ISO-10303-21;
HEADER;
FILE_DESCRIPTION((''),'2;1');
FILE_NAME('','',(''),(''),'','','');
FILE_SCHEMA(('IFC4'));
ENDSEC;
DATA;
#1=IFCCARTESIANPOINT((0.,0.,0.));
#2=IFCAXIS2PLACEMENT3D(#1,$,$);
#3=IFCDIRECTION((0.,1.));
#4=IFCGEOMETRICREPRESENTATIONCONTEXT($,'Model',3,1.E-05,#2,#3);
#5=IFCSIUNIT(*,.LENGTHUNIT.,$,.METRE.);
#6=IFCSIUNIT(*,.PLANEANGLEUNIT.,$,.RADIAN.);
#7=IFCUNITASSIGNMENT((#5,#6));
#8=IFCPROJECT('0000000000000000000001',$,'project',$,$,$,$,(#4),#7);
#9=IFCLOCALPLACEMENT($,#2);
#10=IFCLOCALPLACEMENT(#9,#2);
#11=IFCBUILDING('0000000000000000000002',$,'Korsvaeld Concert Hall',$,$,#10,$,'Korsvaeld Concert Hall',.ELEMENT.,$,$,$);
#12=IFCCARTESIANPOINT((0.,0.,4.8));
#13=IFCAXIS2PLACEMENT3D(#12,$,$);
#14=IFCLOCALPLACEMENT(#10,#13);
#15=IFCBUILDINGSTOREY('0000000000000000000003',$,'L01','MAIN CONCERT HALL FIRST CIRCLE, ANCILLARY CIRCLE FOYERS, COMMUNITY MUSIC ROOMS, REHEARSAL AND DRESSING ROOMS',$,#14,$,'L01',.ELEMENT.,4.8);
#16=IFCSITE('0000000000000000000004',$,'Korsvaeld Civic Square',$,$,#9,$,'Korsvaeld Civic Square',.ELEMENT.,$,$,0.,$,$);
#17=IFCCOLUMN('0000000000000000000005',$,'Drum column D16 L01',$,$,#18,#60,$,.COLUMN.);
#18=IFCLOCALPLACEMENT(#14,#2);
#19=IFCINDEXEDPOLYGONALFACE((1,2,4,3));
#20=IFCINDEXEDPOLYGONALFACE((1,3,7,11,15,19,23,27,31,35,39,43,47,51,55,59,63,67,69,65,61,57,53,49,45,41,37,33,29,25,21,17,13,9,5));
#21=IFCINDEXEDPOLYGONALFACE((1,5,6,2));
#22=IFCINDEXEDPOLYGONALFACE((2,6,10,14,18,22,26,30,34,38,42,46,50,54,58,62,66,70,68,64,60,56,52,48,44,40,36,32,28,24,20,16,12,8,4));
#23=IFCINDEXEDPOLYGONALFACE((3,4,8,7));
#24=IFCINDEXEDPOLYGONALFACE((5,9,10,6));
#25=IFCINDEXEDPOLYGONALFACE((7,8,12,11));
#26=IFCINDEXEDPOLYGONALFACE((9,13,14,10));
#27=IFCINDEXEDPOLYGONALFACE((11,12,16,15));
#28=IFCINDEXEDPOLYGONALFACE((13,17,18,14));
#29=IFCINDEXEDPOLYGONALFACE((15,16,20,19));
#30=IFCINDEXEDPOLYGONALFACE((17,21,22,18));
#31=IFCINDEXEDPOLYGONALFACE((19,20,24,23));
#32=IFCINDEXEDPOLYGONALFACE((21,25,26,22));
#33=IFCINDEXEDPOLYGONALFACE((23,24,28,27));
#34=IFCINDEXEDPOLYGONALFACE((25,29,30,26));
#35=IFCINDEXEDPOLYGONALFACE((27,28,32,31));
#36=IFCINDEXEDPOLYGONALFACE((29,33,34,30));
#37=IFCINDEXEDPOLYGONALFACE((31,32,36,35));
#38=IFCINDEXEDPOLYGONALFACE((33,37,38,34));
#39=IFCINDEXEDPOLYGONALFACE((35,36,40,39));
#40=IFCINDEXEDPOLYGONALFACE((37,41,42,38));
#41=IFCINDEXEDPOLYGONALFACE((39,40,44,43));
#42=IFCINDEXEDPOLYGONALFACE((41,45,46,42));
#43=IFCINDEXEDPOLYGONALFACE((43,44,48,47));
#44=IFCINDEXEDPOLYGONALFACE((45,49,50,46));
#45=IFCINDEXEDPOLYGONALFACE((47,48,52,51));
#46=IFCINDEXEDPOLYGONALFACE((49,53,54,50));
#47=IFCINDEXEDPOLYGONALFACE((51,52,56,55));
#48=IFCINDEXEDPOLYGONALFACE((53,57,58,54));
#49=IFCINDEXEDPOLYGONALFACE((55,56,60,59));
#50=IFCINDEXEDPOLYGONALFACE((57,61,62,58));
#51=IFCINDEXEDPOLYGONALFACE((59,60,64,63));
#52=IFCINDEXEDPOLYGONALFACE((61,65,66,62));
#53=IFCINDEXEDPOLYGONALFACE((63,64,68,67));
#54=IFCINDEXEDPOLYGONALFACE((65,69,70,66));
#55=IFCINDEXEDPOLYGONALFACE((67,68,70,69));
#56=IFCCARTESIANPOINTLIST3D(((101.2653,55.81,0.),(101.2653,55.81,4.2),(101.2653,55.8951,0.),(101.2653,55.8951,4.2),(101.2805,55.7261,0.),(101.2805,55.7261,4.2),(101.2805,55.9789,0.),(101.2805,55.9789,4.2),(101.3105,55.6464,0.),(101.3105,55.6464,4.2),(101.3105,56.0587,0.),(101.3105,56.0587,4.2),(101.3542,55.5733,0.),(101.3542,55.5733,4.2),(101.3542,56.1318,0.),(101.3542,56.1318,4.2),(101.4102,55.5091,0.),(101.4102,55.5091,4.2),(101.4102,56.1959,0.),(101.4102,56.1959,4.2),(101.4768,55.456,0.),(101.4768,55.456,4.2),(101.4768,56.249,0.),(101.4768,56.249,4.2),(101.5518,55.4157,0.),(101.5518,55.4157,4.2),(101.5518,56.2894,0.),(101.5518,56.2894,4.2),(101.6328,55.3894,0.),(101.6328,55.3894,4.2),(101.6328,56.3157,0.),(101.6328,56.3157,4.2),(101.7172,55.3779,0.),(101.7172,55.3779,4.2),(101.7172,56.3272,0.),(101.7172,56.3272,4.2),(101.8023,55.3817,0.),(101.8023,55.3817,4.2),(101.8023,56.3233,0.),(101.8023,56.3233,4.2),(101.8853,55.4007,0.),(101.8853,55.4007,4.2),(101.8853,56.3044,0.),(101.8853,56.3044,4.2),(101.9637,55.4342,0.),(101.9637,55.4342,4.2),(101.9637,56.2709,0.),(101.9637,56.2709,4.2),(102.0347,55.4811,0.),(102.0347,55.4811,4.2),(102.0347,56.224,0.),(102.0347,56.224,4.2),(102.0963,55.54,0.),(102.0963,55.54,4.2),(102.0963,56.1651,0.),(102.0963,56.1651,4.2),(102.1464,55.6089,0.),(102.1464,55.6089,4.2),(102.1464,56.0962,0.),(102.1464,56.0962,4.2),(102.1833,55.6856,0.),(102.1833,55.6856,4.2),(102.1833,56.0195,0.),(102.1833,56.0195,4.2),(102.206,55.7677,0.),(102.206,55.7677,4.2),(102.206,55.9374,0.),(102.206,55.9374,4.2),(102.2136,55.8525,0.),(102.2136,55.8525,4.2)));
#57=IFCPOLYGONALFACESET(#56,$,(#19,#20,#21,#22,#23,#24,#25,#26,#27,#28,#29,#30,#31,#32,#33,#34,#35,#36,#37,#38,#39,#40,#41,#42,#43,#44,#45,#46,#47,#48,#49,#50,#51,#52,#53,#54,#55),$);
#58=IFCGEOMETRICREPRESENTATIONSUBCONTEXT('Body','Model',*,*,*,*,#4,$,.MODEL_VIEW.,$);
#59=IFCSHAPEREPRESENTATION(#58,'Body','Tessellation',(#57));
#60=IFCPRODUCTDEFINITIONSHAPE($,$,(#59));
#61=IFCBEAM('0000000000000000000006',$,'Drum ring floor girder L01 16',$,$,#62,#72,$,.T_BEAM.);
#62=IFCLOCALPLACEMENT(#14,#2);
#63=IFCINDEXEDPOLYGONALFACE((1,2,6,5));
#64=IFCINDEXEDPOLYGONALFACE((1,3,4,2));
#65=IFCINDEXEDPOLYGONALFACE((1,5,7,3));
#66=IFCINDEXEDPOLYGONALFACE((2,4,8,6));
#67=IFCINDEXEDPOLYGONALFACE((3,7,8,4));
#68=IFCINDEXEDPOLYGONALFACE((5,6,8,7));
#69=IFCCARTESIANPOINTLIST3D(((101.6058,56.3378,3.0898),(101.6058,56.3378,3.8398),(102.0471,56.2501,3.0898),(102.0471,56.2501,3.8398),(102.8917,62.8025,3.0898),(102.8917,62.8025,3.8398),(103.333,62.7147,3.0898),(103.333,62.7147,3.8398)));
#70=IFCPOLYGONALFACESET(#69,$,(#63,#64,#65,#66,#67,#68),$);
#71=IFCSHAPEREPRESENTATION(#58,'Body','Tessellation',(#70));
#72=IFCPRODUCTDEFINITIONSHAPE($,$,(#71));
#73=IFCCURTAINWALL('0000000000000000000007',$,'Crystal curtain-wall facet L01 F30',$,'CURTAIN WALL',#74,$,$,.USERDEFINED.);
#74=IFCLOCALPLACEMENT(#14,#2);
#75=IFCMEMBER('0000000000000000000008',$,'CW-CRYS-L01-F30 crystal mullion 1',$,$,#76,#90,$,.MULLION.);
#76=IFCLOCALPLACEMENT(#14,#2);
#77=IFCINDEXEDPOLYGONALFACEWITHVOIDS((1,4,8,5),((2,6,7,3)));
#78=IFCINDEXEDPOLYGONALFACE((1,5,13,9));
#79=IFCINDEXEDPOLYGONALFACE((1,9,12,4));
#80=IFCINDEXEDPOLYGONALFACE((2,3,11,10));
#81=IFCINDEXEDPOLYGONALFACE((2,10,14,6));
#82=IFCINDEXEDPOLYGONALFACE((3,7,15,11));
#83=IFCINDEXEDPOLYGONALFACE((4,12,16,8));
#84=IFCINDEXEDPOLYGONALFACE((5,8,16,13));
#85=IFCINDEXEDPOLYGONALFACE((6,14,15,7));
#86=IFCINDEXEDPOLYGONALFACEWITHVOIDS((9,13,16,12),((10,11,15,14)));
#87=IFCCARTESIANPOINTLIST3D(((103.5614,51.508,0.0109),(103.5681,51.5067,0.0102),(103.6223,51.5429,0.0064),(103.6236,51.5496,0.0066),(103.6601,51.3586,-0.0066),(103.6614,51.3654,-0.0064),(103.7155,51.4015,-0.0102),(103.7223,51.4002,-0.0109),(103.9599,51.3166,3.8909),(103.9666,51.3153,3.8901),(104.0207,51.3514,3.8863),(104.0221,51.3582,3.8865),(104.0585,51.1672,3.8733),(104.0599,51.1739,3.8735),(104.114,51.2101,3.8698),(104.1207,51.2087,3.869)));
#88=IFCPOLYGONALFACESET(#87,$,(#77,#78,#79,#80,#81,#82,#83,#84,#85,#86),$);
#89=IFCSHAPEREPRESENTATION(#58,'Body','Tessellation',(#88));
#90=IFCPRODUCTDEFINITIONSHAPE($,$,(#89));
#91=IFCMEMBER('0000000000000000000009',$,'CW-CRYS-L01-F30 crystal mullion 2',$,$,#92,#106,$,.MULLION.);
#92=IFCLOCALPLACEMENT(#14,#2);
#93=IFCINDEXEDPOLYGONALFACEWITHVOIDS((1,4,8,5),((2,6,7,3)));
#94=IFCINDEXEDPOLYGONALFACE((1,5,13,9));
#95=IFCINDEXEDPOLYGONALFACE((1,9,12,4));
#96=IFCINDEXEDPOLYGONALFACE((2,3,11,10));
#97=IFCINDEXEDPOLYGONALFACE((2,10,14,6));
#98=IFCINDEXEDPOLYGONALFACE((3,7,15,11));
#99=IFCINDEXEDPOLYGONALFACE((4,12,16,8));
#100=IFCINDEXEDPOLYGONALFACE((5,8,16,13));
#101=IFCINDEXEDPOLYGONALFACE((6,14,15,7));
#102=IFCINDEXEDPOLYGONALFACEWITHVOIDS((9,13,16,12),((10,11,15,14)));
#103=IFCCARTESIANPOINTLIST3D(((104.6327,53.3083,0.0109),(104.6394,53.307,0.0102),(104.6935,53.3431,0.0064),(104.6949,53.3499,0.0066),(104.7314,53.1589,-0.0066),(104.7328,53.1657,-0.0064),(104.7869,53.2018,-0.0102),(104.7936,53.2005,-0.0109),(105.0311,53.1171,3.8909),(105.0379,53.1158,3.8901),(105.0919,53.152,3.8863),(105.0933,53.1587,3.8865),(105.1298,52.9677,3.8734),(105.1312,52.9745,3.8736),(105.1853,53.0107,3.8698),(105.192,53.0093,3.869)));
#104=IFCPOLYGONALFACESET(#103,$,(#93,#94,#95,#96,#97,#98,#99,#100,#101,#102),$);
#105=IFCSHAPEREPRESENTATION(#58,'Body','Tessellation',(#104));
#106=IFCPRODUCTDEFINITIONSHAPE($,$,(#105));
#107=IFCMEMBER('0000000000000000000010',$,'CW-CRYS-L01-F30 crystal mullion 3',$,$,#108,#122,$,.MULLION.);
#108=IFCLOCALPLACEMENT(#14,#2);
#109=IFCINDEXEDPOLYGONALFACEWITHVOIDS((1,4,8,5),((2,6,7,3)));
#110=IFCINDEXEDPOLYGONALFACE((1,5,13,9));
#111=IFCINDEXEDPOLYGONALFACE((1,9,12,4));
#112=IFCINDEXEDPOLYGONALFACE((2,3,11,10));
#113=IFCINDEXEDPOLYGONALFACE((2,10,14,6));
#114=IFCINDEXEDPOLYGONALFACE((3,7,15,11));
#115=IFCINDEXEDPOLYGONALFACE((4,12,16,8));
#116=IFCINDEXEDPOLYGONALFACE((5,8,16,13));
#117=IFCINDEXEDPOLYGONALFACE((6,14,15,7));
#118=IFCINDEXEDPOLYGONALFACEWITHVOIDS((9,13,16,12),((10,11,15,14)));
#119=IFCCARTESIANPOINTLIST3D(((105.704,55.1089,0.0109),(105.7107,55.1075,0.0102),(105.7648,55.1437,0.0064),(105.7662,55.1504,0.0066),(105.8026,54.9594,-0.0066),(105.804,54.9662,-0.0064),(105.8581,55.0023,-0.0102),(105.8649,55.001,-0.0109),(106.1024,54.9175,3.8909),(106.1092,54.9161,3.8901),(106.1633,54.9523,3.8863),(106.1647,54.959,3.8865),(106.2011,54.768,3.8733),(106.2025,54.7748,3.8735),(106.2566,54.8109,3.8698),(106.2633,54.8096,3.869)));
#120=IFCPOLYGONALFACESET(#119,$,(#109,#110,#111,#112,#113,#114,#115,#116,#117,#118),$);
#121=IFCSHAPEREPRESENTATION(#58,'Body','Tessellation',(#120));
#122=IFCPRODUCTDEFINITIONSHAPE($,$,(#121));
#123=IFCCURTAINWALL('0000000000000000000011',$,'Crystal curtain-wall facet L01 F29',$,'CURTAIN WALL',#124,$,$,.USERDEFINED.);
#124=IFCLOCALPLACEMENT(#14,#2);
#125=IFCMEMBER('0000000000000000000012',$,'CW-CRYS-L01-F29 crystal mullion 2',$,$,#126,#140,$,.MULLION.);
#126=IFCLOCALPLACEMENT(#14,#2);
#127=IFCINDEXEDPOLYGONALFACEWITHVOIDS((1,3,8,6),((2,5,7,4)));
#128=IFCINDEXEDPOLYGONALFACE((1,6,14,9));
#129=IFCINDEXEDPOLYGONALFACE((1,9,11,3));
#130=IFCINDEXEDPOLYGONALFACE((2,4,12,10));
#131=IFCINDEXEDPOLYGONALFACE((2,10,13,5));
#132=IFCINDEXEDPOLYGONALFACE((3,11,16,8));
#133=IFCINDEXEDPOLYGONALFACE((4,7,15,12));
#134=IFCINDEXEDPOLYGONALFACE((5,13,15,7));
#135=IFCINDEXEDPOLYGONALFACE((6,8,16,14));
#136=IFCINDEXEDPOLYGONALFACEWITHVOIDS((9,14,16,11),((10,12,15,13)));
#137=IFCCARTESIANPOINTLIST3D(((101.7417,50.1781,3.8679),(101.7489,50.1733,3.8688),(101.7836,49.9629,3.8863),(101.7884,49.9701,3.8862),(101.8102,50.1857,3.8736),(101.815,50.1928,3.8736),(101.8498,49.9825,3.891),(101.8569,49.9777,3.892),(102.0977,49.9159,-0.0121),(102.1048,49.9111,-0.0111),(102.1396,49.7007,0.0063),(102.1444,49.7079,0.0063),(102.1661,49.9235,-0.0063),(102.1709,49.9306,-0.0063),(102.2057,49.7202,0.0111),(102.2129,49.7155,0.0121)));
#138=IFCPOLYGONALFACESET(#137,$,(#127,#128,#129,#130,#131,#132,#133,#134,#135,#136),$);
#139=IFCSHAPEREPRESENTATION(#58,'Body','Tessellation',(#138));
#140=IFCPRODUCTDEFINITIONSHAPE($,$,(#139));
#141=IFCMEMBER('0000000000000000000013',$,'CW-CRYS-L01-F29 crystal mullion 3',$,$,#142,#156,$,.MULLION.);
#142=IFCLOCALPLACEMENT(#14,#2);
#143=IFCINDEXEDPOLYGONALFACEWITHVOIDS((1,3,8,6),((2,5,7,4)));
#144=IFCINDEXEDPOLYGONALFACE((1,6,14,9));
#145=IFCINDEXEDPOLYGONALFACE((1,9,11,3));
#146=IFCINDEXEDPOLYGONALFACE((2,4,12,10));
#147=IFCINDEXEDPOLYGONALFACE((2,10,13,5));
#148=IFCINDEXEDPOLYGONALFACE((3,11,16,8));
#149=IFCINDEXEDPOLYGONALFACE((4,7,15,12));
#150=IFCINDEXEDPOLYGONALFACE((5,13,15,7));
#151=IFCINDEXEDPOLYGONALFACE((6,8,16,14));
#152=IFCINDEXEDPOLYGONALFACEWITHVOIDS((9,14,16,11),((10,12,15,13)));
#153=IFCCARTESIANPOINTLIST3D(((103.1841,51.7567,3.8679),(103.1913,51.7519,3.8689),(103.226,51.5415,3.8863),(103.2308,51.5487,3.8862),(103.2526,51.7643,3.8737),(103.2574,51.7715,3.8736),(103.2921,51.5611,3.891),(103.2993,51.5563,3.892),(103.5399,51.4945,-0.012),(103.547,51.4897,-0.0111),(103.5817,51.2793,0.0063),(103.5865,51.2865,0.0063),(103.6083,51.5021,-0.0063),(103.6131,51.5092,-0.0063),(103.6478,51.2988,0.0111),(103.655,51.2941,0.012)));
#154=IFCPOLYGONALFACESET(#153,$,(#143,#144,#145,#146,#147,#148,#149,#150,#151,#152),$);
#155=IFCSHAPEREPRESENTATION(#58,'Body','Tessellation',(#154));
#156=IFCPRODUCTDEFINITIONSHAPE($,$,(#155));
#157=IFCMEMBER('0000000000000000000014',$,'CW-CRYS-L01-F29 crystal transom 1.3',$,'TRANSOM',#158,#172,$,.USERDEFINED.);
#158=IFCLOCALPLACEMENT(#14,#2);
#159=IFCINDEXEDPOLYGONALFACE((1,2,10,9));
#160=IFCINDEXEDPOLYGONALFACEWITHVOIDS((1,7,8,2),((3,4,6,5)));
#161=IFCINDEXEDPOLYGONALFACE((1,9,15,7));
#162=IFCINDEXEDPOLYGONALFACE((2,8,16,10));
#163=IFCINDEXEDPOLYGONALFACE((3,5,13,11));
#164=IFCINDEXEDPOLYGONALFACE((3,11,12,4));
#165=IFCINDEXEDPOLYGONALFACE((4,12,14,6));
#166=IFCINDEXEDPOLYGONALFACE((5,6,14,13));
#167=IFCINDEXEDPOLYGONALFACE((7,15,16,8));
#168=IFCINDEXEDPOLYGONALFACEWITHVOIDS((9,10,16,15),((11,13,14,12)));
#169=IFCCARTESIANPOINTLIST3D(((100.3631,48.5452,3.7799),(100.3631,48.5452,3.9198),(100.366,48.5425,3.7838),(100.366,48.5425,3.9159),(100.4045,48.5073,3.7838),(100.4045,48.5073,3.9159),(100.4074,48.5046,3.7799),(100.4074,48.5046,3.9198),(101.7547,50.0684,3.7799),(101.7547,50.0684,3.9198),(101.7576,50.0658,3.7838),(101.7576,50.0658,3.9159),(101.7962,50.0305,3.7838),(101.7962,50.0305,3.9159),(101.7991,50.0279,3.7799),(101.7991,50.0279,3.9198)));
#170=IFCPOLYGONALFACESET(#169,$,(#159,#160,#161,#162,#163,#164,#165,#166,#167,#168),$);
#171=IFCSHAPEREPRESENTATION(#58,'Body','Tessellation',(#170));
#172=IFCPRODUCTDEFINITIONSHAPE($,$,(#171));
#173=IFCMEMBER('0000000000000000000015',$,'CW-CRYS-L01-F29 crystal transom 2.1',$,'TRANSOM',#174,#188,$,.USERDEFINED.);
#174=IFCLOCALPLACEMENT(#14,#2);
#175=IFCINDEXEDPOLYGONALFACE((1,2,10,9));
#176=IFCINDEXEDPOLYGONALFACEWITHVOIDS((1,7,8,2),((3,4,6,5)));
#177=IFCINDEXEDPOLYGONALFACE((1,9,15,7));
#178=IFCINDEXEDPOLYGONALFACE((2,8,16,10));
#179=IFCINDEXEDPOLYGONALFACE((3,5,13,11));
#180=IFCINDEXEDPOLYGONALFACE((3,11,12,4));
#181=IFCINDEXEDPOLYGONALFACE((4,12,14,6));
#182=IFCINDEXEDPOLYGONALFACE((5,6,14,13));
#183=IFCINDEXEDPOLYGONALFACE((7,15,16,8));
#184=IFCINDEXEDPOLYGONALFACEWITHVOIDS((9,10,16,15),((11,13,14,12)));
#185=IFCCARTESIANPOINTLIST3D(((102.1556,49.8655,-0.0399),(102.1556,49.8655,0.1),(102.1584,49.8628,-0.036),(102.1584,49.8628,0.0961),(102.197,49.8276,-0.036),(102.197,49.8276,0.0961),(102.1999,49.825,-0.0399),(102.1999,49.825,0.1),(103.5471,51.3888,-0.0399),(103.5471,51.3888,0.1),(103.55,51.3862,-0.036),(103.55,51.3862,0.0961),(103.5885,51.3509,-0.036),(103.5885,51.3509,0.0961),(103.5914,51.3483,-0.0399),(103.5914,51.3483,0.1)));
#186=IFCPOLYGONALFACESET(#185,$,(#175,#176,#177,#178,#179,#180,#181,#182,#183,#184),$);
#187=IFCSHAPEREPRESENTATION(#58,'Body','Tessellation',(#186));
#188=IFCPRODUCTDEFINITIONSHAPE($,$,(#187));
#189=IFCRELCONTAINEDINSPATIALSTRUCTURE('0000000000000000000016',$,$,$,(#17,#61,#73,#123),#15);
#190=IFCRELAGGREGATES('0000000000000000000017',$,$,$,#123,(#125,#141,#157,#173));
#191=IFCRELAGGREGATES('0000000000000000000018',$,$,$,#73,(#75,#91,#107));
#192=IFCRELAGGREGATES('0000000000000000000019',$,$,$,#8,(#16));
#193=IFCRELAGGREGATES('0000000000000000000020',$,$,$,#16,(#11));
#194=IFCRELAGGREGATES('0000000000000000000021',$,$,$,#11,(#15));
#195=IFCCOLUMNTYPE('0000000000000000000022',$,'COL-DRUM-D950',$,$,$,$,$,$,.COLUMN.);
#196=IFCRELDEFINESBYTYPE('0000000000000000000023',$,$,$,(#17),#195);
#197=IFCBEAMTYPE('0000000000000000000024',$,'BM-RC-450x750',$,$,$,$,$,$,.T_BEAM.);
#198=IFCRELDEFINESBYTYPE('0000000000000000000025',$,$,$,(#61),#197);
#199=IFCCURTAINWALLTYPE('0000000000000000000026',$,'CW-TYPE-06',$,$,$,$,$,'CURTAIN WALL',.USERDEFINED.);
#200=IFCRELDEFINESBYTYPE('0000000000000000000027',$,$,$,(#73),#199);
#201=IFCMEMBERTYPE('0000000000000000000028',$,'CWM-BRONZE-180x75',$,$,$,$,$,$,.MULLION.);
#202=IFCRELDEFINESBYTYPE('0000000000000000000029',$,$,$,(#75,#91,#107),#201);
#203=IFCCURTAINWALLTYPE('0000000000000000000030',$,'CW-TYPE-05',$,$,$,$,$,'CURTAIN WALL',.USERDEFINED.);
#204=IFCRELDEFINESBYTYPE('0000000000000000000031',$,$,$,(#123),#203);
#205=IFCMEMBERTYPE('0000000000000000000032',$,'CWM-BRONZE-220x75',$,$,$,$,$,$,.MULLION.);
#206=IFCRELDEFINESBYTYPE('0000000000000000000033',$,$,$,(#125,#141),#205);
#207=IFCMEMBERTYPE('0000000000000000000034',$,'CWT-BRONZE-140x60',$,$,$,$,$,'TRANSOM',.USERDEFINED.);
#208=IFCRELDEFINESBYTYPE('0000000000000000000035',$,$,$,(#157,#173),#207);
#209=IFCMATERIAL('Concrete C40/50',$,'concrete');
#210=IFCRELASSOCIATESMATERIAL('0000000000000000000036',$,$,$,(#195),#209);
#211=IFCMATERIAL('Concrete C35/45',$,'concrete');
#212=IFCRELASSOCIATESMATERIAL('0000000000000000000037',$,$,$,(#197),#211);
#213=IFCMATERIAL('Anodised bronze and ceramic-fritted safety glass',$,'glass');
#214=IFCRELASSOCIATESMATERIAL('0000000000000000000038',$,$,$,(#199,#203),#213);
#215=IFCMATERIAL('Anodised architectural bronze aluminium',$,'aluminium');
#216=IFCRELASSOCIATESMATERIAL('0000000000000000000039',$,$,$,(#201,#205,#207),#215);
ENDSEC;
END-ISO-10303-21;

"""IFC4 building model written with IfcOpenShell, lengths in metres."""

from ifc_helpers import new_model, si_unit, direction, frame, origin, origin_2d, place, context, subcontext, project, spatial, rectangle, hollow_rectangle, circle, extrude, material, material_profile, profile_set, type_object, element, aggregate, save


model = new_model("IFC4")

# Units and contexts
model_context = context("Model", 3, precision=1e-05, world=origin(), true_north=direction((0.0, 1.0)))
body_context = subcontext(model_context, "Body", "Model", "MODEL_VIEW")
ifc_project = project(units=[si_unit("LENGTHUNIT", "METRE"), si_unit("PLANEANGLEUNIT", "RADIAN")], contexts=[model_context])

# Site, building, storey
site_placement = place(None, origin())
site = spatial("IfcSite", under=ifc_project, at=site_placement, Name="Korsvaeld Civic Square", LongName="Korsvaeld Civic Square", CompositionType="ELEMENT", RefElevation=0.0)
building_placement = place(site_placement, origin())
building = spatial("IfcBuilding", under=site, at=building_placement, Name="Korsvaeld Concert Hall", LongName="Korsvaeld Concert Hall", CompositionType="ELEMENT")
storey_placement = place(building_placement, frame((0.0, 0.0, 4.8)))
storey = spatial("IfcBuildingStorey", under=building, at=storey_placement, Name="L01", Description="MAIN CONCERT HALL FIRST CIRCLE, ANCILLARY CIRCLE FOYERS, COMMUNITY MUSIC ROOMS, REHEARSAL AND DRESSING ROOMS", LongName="L01", CompositionType="ELEMENT", Elevation=4.8)

# Column
ifc_material_1 = material(Name="Concrete C40/50", Category="concrete")
ifc_material_profile_1 = material_profile(ifc_material_1, circle(Radius=0.4751, at=origin_2d()), Name="RC D950")
ifc_profile_set_1 = profile_set([ifc_material_profile_1], Name="Concrete C40/50")
column_type = type_object("IfcColumnType", Name="COL-DRUM-D950", PredefinedType="COLUMN", material=ifc_profile_set_1)
column_placement = place(storey_placement, frame((101.7385, 55.8525, 0.0), z_axis=(0.0, 0.0, 1.0), x_axis=(1.0, 0.0, 0.0)))
element("IfcColumn", 1, at=column_placement, inside=storey, type_object=column_type, Name="Drum column D16 L01", PredefinedType="COLUMN", context=body_context, shape_type="SweptSolid", body=[
    extrude(circle(Radius=0.4751, at=origin_2d()), origin(), (0.0, 0.0, 1.0), 4.2),
])

# Beam
ifc_material_2 = material(Name="Concrete C35/45", Category="concrete")
ifc_material_profile_2 = material_profile(ifc_material_2, rectangle(XDim=0.45, YDim=0.75, at=origin_2d()), Name="RC 450x750")
ifc_profile_set_2 = profile_set([ifc_material_profile_2], Name="Concrete C35/45")
beam_type = type_object("IfcBeamType", Name="BM-RC-450x750", PredefinedType="T_BEAM", material=ifc_profile_set_2)
beam_placement = place(storey_placement, frame((101.8264, 56.2939, 3.4648), z_axis=(0.19509, 0.980785, 0.0), x_axis=(-0.980785, 0.19509, 0.0)))
element("IfcBeam", 2, at=beam_placement, inside=storey, type_object=beam_type, Name="Drum ring floor girder L01 16", PredefinedType="T_BEAM", context=body_context, shape_type="SweptSolid", body=[
    extrude(rectangle(XDim=0.45, YDim=0.75, at=origin_2d()), origin(), (0.0, 0.0, 1.0), 6.5913),
])

# Curtain walls, members
ifc_material_3 = material(Name="Anodised bronze and ceramic-fritted safety glass", Category="glass")
curtain_wall_type_1 = type_object("IfcCurtainWallType", Name="CW-TYPE-06", ElementType="CURTAIN WALL", PredefinedType="USERDEFINED", material=ifc_material_3)
curtain_wall_1_placement = place(storey_placement, origin())
curtain_wall_1 = element("IfcCurtainWall", 3, at=curtain_wall_1_placement, inside=storey, type_object=curtain_wall_type_1, Name="Crystal curtain-wall facet L01 F30", ObjectType="CURTAIN WALL", PredefinedType="USERDEFINED")
ifc_material_4 = material(Name="Anodised architectural bronze aluminium", Category="aluminium")
ifc_material_profile_3 = material_profile(ifc_material_4, hollow_rectangle(XDim=0.075, YDim=0.1799, WallThickness=0.0049, at=origin_2d()), Name="CWM 180x75x5")
ifc_profile_set_3 = profile_set([ifc_material_profile_3], Name="Anodised architectural bronze aluminium")
member_type_1 = type_object("IfcMemberType", Name="CWM-BRONZE-180x75", PredefinedType="MULLION", material=ifc_profile_set_3)
member_1_placement = place(storey_placement, frame((103.6418, 51.4541, 0.0), z_axis=(0.102033, -0.049016, 0.993573), x_axis=(-0.830086, -0.554624, 0.057883)))
member_1 = element("IfcMember", 4, at=member_1_placement, type_object=member_type_1, Name="CW-CRYS-L01-F30 crystal mullion 1", PredefinedType="MULLION", context=body_context, shape_type="SweptSolid", body=[
    extrude(hollow_rectangle(XDim=0.075, YDim=0.1799, WallThickness=0.0049, at=origin_2d()), origin(), (0.0, 0.0, 1.0), 3.905),
])
member_2_placement = place(storey_placement, frame((104.7131, 53.2544, 0.0), z_axis=(0.102033, -0.048954, 0.993576), x_axis=(-0.829811, -0.555036, 0.057869)))
member_2 = element("IfcMember", 5, at=member_2_placement, type_object=member_type_1, Name="CW-CRYS-L01-F30 crystal mullion 2", PredefinedType="MULLION", context=body_context, shape_type="SweptSolid", body=[
    extrude(hollow_rectangle(XDim=0.075, YDim=0.1799, WallThickness=0.0049, at=origin_2d()), origin(), (0.0, 0.0, 1.0), 3.905),
])
member_3_placement = place(storey_placement, frame((105.7844, 55.0549, 0.0), z_axis=(0.102033, -0.049016, 0.993573), x_axis=(-0.830086, -0.554624, 0.057883)))
member_3 = element("IfcMember", 6, at=member_3_placement, type_object=member_type_1, Name="CW-CRYS-L01-F30 crystal mullion 3", PredefinedType="MULLION", context=body_context, shape_type="SweptSolid", body=[
    extrude(hollow_rectangle(XDim=0.075, YDim=0.1799, WallThickness=0.0049, at=origin_2d()), origin(), (0.0, 0.0, 1.0), 3.905),
])
curtain_wall_type_2 = type_object("IfcCurtainWallType", Name="CW-TYPE-05", ElementType="CURTAIN WALL", PredefinedType="USERDEFINED", material=ifc_material_3)
curtain_wall_2_placement = place(storey_placement, origin())
curtain_wall_2 = element("IfcCurtainWall", 7, at=curtain_wall_2_placement, inside=storey, type_object=curtain_wall_type_2, Name="Crystal curtain-wall facet L01 F29", ObjectType="CURTAIN WALL", PredefinedType="USERDEFINED")
ifc_material_profile_4 = material_profile(ifc_material_4, hollow_rectangle(XDim=0.075, YDim=0.22, WallThickness=0.0061, at=origin_2d()), Name="CWM 220x75x6")
ifc_profile_set_4 = profile_set([ifc_material_profile_4], Name="Anodised architectural bronze aluminium")
member_type_2 = type_object("IfcMemberType", Name="CWM-BRONZE-220x75", PredefinedType="MULLION", material=ifc_profile_set_4)
member_4_placement = place(storey_placement, frame((102.1553, 49.8157, 0.0), z_axis=(-0.091154, 0.067147, 0.99357), x_axis=(0.977432, 0.196963, 0.076363)))
member_4 = element("IfcMember", 8, at=member_4_placement, type_object=member_type_2, Name="CW-CRYS-L01-F29 crystal mullion 2", PredefinedType="MULLION", context=body_context, shape_type="SweptSolid", body=[
    extrude(hollow_rectangle(XDim=0.075, YDim=0.22, WallThickness=0.0061, at=origin_2d()), origin(), (0.0, 0.0, 1.0), 3.905),
])
member_5_placement = place(storey_placement, frame((103.5974, 51.3943, 0.0), z_axis=(-0.091092, 0.067147, 0.993576), x_axis=(0.9775, 0.196641, 0.076329)))
member_5 = element("IfcMember", 9, at=member_5_placement, type_object=member_type_2, Name="CW-CRYS-L01-F29 crystal mullion 3", PredefinedType="MULLION", context=body_context, shape_type="SweptSolid", body=[
    extrude(hollow_rectangle(XDim=0.075, YDim=0.22, WallThickness=0.0061, at=origin_2d()), origin(), (0.0, 0.0, 1.0), 3.905),
])
ifc_material_profile_5 = material_profile(ifc_material_4, hollow_rectangle(XDim=0.0601, YDim=0.1399, WallThickness=0.0039, at=origin_2d()), Name="CWT 140x60x4")
ifc_profile_set_5 = profile_set([ifc_material_profile_5], Name="Anodised architectural bronze aluminium")
member_type_3 = type_object("IfcMemberType", Name="CWT-BRONZE-140x60", ElementType="TRANSOM", PredefinedType="USERDEFINED", material=ifc_profile_set_5)
member_6_placement = place(storey_placement, frame((100.3853, 48.5249, 3.8499), z_axis=(0.674497, 0.738278, 0.0), x_axis=(-0.738278, 0.674497, 0.0)))
member_6 = element("IfcMember", 10, at=member_6_placement, type_object=member_type_3, Name="CW-CRYS-L01-F29 crystal transom 1.3", ObjectType="TRANSOM", PredefinedType="USERDEFINED", context=body_context, shape_type="SweptSolid", body=[
    extrude(hollow_rectangle(XDim=0.0601, YDim=0.1399, WallThickness=0.0039, at=origin_2d()), origin(), (0.0, 0.0, 1.0), 2.0632),
])
member_7_placement = place(storey_placement, frame((102.1777, 49.8452, 0.03), z_axis=(0.674438, 0.738332, 0.0), x_axis=(-0.738332, 0.674438, 0.0)))
member_7 = element("IfcMember", 11, at=member_7_placement, type_object=member_type_3, Name="CW-CRYS-L01-F29 crystal transom 2.1", ObjectType="TRANSOM", PredefinedType="USERDEFINED", context=body_context, shape_type="SweptSolid", body=[
    extrude(hollow_rectangle(XDim=0.0601, YDim=0.1399, WallThickness=0.0039, at=origin_2d()), origin(), (0.0, 0.0, 1.0), 2.0632),
])

aggregate(curtain_wall_2, [member_4, member_5, member_6, member_7])
aggregate(curtain_wall_1, [member_1, member_2, member_3])

save(model, "model.ifc")
